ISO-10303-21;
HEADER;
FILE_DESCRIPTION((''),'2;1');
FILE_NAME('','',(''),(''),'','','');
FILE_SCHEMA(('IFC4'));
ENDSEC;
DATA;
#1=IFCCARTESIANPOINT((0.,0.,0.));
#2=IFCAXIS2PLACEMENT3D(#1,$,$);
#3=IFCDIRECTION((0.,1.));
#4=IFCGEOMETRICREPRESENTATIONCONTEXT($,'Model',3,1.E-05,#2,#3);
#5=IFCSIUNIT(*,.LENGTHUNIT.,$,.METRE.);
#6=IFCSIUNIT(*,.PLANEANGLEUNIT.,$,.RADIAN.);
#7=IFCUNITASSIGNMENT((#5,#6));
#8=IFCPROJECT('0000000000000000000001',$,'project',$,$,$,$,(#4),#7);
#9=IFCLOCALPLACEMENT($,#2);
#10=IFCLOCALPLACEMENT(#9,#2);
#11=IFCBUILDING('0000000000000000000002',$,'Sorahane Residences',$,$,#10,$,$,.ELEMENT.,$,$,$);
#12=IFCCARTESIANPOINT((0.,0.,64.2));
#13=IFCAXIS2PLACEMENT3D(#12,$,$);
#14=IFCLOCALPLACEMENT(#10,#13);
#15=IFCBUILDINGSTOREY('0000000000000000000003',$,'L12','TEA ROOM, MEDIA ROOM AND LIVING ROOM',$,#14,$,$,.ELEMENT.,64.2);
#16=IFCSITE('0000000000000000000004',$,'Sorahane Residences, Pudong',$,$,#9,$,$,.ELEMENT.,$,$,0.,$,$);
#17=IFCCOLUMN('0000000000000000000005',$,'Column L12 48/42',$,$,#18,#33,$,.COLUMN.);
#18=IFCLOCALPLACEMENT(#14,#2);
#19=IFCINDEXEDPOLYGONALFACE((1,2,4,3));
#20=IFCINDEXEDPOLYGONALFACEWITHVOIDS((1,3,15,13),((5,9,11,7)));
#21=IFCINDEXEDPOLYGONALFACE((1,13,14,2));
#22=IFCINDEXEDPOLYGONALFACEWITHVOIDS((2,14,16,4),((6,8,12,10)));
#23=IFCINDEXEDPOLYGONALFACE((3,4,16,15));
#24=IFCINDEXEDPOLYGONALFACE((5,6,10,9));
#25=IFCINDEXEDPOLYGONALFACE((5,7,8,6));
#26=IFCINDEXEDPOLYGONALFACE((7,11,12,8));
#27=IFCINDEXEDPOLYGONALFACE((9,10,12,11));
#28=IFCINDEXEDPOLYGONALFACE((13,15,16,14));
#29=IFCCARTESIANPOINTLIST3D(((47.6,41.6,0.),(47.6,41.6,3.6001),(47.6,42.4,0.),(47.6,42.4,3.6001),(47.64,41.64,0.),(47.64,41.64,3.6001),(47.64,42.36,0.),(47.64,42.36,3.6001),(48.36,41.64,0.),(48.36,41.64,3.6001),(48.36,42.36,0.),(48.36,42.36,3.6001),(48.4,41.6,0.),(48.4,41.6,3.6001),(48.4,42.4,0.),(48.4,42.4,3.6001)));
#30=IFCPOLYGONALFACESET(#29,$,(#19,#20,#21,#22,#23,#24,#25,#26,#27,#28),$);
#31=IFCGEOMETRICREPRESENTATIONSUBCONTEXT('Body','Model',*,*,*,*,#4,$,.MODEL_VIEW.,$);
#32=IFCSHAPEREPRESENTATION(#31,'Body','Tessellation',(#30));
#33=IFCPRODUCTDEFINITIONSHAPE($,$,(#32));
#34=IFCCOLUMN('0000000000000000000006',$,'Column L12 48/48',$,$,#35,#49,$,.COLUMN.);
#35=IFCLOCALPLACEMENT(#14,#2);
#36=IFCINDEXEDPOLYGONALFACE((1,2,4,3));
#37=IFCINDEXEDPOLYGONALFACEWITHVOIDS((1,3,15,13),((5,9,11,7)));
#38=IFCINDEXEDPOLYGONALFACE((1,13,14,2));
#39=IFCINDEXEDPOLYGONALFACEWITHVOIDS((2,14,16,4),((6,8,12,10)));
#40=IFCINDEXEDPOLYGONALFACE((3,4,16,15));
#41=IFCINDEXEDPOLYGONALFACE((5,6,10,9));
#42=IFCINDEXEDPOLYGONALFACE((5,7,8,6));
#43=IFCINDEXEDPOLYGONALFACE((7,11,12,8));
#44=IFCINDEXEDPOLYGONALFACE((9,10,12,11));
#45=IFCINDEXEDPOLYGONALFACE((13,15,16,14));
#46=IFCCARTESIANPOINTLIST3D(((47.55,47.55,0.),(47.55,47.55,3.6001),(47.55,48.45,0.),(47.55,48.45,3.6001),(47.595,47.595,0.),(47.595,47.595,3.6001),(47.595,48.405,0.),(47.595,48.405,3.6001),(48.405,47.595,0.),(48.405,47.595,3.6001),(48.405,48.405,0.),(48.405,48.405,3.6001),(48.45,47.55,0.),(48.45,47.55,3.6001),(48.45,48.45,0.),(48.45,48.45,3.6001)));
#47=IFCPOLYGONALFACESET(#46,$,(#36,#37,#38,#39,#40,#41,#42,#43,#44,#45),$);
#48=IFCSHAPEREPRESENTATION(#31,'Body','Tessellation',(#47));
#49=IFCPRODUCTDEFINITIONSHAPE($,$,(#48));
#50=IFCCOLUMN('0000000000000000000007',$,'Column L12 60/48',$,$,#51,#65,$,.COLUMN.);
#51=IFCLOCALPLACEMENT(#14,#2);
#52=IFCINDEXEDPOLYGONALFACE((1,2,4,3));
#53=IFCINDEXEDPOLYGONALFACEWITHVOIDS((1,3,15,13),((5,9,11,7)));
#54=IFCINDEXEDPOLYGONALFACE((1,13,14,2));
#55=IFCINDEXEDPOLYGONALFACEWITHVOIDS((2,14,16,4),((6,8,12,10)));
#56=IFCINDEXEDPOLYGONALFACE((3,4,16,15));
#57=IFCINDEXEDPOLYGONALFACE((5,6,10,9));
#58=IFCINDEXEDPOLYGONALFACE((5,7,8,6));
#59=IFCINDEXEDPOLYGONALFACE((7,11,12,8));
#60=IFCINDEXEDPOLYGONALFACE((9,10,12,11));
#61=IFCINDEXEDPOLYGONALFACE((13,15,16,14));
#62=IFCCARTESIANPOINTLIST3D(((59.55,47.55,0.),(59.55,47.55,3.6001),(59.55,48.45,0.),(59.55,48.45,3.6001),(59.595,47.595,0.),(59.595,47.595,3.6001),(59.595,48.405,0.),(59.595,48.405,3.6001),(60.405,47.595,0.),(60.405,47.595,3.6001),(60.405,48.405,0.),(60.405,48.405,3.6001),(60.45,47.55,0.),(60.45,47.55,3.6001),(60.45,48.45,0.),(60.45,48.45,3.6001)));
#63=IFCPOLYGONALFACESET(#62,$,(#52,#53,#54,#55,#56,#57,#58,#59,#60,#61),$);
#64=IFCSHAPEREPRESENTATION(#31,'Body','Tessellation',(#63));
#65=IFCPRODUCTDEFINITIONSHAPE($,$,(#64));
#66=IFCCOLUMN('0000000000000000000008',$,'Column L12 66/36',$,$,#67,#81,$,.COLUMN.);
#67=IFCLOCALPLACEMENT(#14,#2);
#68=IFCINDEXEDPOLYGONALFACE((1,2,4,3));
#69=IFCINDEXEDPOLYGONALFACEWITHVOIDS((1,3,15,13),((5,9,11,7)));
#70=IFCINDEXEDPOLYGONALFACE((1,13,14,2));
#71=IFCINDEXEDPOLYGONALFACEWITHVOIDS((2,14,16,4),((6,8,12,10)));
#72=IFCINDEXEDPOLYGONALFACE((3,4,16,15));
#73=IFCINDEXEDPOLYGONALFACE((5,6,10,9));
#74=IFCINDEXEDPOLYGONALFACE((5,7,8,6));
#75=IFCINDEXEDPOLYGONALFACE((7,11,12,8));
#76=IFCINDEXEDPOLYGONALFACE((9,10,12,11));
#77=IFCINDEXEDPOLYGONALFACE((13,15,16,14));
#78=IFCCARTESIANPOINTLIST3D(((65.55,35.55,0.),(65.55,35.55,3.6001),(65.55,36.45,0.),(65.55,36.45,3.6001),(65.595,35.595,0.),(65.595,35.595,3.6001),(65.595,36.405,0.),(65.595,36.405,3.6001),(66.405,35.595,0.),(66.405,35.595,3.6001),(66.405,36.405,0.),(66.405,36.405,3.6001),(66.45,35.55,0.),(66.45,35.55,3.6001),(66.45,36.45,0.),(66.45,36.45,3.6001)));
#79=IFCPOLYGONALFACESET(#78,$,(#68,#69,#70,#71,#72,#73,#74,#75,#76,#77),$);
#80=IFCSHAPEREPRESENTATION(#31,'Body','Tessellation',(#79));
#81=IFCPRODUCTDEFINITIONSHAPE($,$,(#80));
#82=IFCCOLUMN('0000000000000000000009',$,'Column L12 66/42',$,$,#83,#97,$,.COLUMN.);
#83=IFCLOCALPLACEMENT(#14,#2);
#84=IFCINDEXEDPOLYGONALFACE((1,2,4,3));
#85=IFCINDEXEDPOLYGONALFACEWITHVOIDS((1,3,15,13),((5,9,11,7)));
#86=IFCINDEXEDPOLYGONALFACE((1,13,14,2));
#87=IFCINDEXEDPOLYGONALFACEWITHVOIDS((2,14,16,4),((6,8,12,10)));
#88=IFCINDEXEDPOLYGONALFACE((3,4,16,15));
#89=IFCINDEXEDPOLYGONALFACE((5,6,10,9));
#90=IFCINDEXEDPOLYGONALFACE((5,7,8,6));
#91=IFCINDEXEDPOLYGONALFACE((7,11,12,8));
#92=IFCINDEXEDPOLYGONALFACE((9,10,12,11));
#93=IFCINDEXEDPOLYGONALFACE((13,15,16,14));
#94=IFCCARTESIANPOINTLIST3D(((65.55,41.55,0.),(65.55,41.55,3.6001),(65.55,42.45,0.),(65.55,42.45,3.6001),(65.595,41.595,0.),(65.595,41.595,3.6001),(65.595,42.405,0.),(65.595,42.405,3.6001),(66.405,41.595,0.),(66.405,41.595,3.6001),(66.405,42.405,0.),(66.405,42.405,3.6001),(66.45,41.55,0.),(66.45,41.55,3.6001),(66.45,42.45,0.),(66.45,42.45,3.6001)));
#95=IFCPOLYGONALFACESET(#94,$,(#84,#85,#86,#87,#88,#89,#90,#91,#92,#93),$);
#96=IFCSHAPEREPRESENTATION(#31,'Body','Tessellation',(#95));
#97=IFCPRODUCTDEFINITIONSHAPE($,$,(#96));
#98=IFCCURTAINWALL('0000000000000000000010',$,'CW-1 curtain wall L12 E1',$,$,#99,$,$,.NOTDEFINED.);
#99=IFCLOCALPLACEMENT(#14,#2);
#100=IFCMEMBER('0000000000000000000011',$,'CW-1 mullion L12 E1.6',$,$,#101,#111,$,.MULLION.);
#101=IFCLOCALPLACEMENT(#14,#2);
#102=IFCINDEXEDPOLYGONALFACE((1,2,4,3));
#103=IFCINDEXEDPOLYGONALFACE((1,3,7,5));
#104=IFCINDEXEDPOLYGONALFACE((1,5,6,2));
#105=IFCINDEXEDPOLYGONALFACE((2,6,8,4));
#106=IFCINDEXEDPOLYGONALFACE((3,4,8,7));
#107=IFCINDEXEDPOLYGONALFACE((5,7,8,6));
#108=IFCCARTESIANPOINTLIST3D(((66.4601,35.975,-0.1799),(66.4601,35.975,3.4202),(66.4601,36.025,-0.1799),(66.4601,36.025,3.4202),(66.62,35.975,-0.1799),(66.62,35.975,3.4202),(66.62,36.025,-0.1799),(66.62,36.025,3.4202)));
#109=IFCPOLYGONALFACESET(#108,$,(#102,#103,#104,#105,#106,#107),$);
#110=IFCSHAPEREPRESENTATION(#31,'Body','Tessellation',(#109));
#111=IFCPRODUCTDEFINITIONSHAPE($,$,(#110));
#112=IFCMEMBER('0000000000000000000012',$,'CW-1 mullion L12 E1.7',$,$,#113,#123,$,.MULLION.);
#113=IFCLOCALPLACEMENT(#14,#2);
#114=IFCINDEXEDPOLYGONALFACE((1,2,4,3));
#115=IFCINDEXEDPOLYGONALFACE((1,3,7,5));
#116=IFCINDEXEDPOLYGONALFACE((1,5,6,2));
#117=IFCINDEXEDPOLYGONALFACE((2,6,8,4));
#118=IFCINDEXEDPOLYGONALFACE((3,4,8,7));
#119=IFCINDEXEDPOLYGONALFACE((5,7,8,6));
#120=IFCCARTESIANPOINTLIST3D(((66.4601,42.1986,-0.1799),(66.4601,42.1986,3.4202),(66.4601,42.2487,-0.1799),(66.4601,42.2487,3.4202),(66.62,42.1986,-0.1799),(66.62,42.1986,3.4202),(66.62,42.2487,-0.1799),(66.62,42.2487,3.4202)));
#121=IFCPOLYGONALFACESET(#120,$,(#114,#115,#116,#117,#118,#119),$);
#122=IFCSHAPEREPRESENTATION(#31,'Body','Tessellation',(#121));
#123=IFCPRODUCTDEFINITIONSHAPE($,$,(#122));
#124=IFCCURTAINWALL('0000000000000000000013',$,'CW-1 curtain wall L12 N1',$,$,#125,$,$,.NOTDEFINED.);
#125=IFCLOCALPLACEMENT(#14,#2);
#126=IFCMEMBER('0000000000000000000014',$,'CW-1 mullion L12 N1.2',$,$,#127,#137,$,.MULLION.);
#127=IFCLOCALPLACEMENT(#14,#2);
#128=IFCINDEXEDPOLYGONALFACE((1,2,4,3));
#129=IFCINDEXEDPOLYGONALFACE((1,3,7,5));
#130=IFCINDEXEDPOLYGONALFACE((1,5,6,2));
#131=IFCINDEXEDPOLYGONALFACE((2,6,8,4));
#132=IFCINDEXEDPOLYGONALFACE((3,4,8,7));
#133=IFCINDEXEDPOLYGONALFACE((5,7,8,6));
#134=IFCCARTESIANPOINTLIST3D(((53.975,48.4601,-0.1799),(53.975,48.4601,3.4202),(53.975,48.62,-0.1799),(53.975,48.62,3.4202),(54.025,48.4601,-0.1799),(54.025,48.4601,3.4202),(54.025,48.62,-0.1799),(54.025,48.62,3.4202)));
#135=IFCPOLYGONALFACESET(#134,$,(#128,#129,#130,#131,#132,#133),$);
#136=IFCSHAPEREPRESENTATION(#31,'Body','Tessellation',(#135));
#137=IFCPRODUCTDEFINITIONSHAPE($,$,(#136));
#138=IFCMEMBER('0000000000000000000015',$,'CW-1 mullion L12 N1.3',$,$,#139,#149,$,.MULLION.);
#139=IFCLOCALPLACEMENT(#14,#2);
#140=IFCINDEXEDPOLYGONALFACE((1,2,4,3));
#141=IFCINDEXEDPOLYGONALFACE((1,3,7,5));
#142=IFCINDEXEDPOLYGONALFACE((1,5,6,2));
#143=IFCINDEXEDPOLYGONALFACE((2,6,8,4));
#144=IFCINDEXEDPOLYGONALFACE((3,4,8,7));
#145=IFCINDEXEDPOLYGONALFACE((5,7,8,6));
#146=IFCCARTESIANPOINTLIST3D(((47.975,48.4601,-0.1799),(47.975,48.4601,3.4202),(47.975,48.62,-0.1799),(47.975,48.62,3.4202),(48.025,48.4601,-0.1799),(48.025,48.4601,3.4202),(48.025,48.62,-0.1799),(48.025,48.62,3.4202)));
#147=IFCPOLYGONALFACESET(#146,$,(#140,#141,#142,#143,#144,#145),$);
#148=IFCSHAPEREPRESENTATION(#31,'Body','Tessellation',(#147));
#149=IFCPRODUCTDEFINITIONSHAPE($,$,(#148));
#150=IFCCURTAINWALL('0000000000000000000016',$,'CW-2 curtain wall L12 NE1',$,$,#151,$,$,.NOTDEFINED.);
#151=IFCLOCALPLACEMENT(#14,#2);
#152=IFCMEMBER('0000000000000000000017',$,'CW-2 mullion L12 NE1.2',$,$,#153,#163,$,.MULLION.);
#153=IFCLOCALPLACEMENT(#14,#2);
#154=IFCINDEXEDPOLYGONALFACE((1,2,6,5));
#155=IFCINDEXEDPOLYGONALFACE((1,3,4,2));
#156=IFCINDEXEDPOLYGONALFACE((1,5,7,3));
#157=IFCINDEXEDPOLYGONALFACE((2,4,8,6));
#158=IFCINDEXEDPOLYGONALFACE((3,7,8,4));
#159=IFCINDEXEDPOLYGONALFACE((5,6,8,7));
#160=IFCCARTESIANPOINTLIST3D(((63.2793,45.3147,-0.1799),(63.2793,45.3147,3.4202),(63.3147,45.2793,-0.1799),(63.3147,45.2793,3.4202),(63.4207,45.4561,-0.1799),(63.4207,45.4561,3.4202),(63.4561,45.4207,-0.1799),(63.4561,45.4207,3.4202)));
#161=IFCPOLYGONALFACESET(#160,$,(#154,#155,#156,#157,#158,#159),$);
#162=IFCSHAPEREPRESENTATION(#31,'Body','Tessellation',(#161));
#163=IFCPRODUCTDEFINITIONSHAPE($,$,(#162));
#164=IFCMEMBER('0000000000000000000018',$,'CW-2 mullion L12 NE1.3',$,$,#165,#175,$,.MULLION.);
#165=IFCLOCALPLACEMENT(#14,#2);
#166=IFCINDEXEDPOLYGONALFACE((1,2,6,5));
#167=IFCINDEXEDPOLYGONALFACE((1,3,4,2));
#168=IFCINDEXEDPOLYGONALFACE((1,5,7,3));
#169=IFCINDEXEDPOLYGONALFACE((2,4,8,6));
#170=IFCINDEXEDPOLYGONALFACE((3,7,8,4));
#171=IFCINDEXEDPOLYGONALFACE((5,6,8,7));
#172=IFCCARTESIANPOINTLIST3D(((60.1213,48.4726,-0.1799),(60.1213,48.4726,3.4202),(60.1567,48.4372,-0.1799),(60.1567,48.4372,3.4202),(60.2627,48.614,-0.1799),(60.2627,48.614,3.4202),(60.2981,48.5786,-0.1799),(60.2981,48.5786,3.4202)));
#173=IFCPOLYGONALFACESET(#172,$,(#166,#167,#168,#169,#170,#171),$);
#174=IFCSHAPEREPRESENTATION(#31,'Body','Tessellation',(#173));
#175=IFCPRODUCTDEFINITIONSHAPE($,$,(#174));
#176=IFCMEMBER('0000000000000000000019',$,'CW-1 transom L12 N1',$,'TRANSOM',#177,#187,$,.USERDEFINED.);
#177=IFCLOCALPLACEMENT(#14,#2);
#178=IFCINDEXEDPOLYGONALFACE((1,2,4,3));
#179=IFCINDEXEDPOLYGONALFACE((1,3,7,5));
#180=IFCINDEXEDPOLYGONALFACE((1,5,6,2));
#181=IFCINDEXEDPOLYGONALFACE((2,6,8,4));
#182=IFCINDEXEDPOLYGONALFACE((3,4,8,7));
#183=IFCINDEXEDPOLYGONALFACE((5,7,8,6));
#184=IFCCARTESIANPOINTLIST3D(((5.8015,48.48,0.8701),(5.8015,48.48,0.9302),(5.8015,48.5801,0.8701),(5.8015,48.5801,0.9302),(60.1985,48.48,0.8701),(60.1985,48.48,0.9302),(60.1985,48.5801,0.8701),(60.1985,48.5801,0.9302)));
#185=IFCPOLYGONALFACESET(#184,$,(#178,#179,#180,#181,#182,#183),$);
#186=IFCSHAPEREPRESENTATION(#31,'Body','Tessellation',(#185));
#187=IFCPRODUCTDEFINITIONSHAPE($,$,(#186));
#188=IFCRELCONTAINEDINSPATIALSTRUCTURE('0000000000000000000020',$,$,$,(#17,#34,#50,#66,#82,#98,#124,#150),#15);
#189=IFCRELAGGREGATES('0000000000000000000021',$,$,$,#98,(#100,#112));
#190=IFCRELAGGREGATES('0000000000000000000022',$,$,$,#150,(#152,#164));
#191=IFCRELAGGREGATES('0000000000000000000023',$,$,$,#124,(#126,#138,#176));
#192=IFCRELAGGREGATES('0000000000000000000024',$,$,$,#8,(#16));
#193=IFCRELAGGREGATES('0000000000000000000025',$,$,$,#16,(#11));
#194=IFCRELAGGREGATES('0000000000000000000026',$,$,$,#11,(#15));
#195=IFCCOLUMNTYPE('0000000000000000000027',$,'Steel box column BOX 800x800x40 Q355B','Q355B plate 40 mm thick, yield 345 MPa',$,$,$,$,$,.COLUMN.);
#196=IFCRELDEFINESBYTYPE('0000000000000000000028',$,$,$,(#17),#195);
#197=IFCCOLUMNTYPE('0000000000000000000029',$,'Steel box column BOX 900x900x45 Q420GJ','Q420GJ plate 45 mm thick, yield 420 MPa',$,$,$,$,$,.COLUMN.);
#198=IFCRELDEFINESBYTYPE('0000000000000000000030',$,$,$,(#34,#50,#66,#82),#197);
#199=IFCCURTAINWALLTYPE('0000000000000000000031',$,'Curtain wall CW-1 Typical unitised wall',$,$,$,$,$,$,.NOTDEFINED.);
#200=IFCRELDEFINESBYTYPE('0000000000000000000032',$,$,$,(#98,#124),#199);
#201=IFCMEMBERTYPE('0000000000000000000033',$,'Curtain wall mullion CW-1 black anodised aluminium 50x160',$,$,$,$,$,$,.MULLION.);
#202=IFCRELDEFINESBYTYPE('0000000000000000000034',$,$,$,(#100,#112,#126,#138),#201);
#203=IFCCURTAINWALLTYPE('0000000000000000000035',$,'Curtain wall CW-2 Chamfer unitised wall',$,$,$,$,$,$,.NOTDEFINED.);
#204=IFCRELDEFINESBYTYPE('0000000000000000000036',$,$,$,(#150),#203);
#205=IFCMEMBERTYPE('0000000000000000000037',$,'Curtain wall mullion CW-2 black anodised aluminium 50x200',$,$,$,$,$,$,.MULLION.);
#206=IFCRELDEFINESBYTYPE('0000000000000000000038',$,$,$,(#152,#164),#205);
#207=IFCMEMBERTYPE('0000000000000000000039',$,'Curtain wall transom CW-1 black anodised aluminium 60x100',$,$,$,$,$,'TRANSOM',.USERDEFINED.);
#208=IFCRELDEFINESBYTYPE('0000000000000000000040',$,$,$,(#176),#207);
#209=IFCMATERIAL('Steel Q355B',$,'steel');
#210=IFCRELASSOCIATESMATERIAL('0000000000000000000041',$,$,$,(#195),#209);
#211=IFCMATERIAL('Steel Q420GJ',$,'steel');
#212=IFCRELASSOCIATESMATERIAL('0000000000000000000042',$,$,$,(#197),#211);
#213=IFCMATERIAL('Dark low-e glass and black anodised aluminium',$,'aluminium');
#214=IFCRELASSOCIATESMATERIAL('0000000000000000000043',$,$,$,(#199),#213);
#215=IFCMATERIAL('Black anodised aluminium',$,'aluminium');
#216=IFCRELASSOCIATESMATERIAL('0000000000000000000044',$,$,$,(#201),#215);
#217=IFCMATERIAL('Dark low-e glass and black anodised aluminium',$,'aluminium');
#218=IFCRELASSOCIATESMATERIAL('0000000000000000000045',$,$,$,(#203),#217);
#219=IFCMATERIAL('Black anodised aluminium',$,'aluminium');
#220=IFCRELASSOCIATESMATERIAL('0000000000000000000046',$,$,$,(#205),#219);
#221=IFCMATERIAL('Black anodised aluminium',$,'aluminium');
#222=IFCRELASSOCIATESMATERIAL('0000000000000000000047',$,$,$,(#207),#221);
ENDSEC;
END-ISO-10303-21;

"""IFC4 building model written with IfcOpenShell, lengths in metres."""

from ifc_helpers import new_model, si_unit, direction, frame, origin, origin_2d, place, context, subcontext, project, spatial, rectangle, hollow_rectangle, extrude, material, material_profile, profile_set, type_object, element, aggregate, save


model = new_model("IFC4")

# Units and contexts
model_context = context("Model", 3, precision=1e-05, world=origin(), true_north=direction((0.0, 1.0)))
body_context = subcontext(model_context, "Body", "Model", "MODEL_VIEW")
ifc_project = project(units=[si_unit("LENGTHUNIT", "METRE"), si_unit("PLANEANGLEUNIT", "RADIAN")], contexts=[model_context])

# Site, building, storey
site_placement = place(None, origin())
site = spatial("IfcSite", under=ifc_project, at=site_placement, Name="Sorahane Residences, Pudong", CompositionType="ELEMENT", RefElevation=0.0)
building_placement = place(site_placement, origin())
building = spatial("IfcBuilding", under=site, at=building_placement, Name="Sorahane Residences", CompositionType="ELEMENT")
storey_placement = place(building_placement, frame((0.0, 0.0, 64.2)))
storey = spatial("IfcBuildingStorey", under=building, at=storey_placement, Name="L12", Description="TEA ROOM, MEDIA ROOM AND LIVING ROOM", CompositionType="ELEMENT", Elevation=64.2)

# Columns
ifc_material_1 = material(Name="Steel Q355B", Category="steel")
ifc_material_profile_1 = material_profile(ifc_material_1, hollow_rectangle(XDim=0.8, YDim=0.8, WallThickness=0.04, at=origin_2d()), Name="BOX 800x800x40")
ifc_profile_set_1 = profile_set([ifc_material_profile_1], Name="Steel Q355B")
column_type_1 = type_object("IfcColumnType", Name="Steel box column BOX 800x800x40 Q355B", Description="Q355B plate 40 mm thick, yield 345 MPa", PredefinedType="COLUMN", material=ifc_profile_set_1)
column_placement = place(storey_placement, frame((48.0, 42.0, 0.0), z_axis=(0.0, 0.0, 1.0), x_axis=(1.0, 0.0, 0.0)))
element("IfcColumn", 1, at=column_placement, inside=storey, type_object=column_type_1, Name="Column L12 48/42", PredefinedType="COLUMN", context=body_context, shape_type="SweptSolid", body=[
    extrude(hollow_rectangle(XDim=0.8, YDim=0.8, WallThickness=0.04, at=origin_2d()), origin(), (0.0, 0.0, 1.0), 3.6001),
])
ifc_material_2 = material(Name="Steel Q420GJ", Category="steel")
ifc_material_profile_2 = material_profile(ifc_material_2, hollow_rectangle(XDim=0.8999, YDim=0.8999, WallThickness=0.0449, at=origin_2d()), Name="BOX 900x900x45")
ifc_profile_set_2 = profile_set([ifc_material_profile_2], Name="Steel Q420GJ")
column_type_2 = type_object("IfcColumnType", Name="Steel box column BOX 900x900x45 Q420GJ", Description="Q420GJ plate 45 mm thick, yield 420 MPa", PredefinedType="COLUMN", material=ifc_profile_set_2)
for number, where, z_axis, x_axis, name in (
    (2, (48.0, 48.0, 0.0), (0.0, 0.0, 1.0), (1.0, 0.0, 0.0), "Column L12 48/48"),
    (3, (60.0, 48.0, 0.0), (0.0, 0.0, 1.0), (1.0, 0.0, 0.0), "Column L12 60/48"),
    (4, (66.0, 36.0, 0.0), (0.0, 0.0, 1.0), (1.0, 0.0, 0.0), "Column L12 66/36"),
    (5, (66.0, 42.0, 0.0), (0.0, 0.0, 1.0), (1.0, 0.0, 0.0), "Column L12 66/42"),
):
    element("IfcColumn", number, at=place(storey_placement, frame(where, z_axis=z_axis, x_axis=x_axis)), inside=storey, type_object=column_type_2, Name=name, PredefinedType="COLUMN", context=body_context, shape_type="SweptSolid", body=[
        extrude(hollow_rectangle(XDim=0.8999, YDim=0.8999, WallThickness=0.0449, at=origin_2d()), origin(), (0.0, 0.0, 1.0), 3.6001),
    ])

# Curtain walls, members
ifc_material_3 = material(Name="Dark low-e glass and black anodised aluminium", Category="aluminium")
curtain_wall_type_1 = type_object("IfcCurtainWallType", Name="Curtain wall CW-1 Typical unitised wall", PredefinedType="NOTDEFINED", material=ifc_material_3)
curtain_wall_1_placement = place(storey_placement, origin())
curtain_wall_1 = element("IfcCurtainWall", 6, at=curtain_wall_1_placement, inside=storey, type_object=curtain_wall_type_1, Name="CW-1 curtain wall L12 E1", PredefinedType="NOTDEFINED")
ifc_material_4 = material(Name="Black anodised aluminium", Category="aluminium")
ifc_material_profile_3 = material_profile(ifc_material_4, rectangle(XDim=0.1599, YDim=0.05, at=origin_2d()), Name="Curtain wall mullion CW-1 black anodised aluminium 50x160")
ifc_profile_set_3 = profile_set([ifc_material_profile_3], Name="Black anodised aluminium")
member_type_1 = type_object("IfcMemberType", Name="Curtain wall mullion CW-1 black anodised aluminium 50x160", PredefinedType="MULLION", material=ifc_profile_set_3)
member_1_placement = place(storey_placement, frame((66.54, 36.0, -0.1799), z_axis=(0.0, 0.0, 1.0), x_axis=(1.0, 0.0, 0.0)))
member_1 = element("IfcMember", 7, at=member_1_placement, type_object=member_type_1, Name="CW-1 mullion L12 E1.6", PredefinedType="MULLION", context=body_context, shape_type="SweptSolid", body=[
    extrude(rectangle(XDim=0.1599, YDim=0.05, at=origin_2d()), origin(), (0.0, 0.0, 1.0), 3.6001),
])
member_2_placement = place(storey_placement, frame((66.54, 42.2236, -0.1799), z_axis=(0.0, 0.0, 1.0), x_axis=(1.0, 0.0, 0.0)))
member_2 = element("IfcMember", 8, at=member_2_placement, type_object=member_type_1, Name="CW-1 mullion L12 E1.7", PredefinedType="MULLION", context=body_context, shape_type="SweptSolid", body=[
    extrude(rectangle(XDim=0.1599, YDim=0.05, at=origin_2d()), origin(), (0.0, 0.0, 1.0), 3.6001),
])
curtain_wall_2_placement = place(storey_placement, origin())
curtain_wall_2 = element("IfcCurtainWall", 9, at=curtain_wall_2_placement, inside=storey, type_object=curtain_wall_type_1, Name="CW-1 curtain wall L12 N1", PredefinedType="NOTDEFINED")
member_3_placement = place(storey_placement, frame((54.0, 48.54, -0.1799), z_axis=(0.0, 0.0, 1.0), x_axis=(0.0, 1.0, 0.0)))
member_3 = element("IfcMember", 10, at=member_3_placement, type_object=member_type_1, Name="CW-1 mullion L12 N1.2", PredefinedType="MULLION", context=body_context, shape_type="SweptSolid", body=[
    extrude(rectangle(XDim=0.1599, YDim=0.05, at=origin_2d()), origin(), (0.0, 0.0, 1.0), 3.6001),
])
member_4_placement = place(storey_placement, frame((48.0, 48.54, -0.1799), z_axis=(0.0, 0.0, 1.0), x_axis=(0.0, 1.0, 0.0)))
member_4 = element("IfcMember", 11, at=member_4_placement, type_object=member_type_1, Name="CW-1 mullion L12 N1.3", PredefinedType="MULLION", context=body_context, shape_type="SweptSolid", body=[
    extrude(rectangle(XDim=0.1599, YDim=0.05, at=origin_2d()), origin(), (0.0, 0.0, 1.0), 3.6001),
])
ifc_material_5 = material(Name="Dark low-e glass and black anodised aluminium", Category="aluminium")
curtain_wall_type_2 = type_object("IfcCurtainWallType", Name="Curtain wall CW-2 Chamfer unitised wall", PredefinedType="NOTDEFINED", material=ifc_material_5)
curtain_wall_3_placement = place(storey_placement, origin())
curtain_wall_3 = element("IfcCurtainWall", 12, at=curtain_wall_3_placement, inside=storey, type_object=curtain_wall_type_2, Name="CW-2 curtain wall L12 NE1", PredefinedType="NOTDEFINED")
ifc_material_6 = material(Name="Black anodised aluminium", Category="aluminium")
ifc_material_profile_4 = material_profile(ifc_material_6, rectangle(XDim=0.2, YDim=0.05, at=origin_2d()), Name="Curtain wall mullion CW-2 black anodised aluminium 50x200")
ifc_profile_set_4 = profile_set([ifc_material_profile_4], Name="Black anodised aluminium")
member_type_2 = type_object("IfcMemberType", Name="Curtain wall mullion CW-2 black anodised aluminium 50x200", PredefinedType="MULLION", material=ifc_profile_set_4)
member_5_placement = place(storey_placement, frame((63.3677, 45.3677, -0.1799), z_axis=(0.0, 0.0, 1.0), x_axis=(0.707107, 0.707107, 0.0)))
member_5 = element("IfcMember", 13, at=member_5_placement, type_object=member_type_2, Name="CW-2 mullion L12 NE1.2", PredefinedType="MULLION", context=body_context, shape_type="SweptSolid", body=[
    extrude(rectangle(XDim=0.2, YDim=0.05, at=origin_2d()), origin(), (0.0, 0.0, 1.0), 3.6001),
])
member_6_placement = place(storey_placement, frame((60.2097, 48.5256, -0.1799), z_axis=(0.0, 0.0, 1.0), x_axis=(0.707107, 0.707107, 0.0)))
member_6 = element("IfcMember", 14, at=member_6_placement, type_object=member_type_2, Name="CW-2 mullion L12 NE1.3", PredefinedType="MULLION", context=body_context, shape_type="SweptSolid", body=[
    extrude(rectangle(XDim=0.2, YDim=0.05, at=origin_2d()), origin(), (0.0, 0.0, 1.0), 3.6001),
])

# Member
ifc_material_7 = material(Name="Black anodised aluminium", Category="aluminium")
ifc_material_profile_5 = material_profile(ifc_material_7, rectangle(XDim=0.1001, YDim=0.0601, at=origin_2d()), Name="Curtain wall transom CW-1 black anodised aluminium 60x100")
ifc_profile_set_5 = profile_set([ifc_material_profile_5], Name="Black anodised aluminium")
member_type_3 = type_object("IfcMemberType", Name="Curtain wall transom CW-1 black anodised aluminium 60x100", ElementType="TRANSOM", PredefinedType="USERDEFINED", material=ifc_profile_set_5)
member_7_placement = place(storey_placement, frame((60.1985, 48.53, 0.9001), z_axis=(-1.0, 0.0, 0.0), x_axis=(0.0, -1.0, 0.0)))
member_7 = element("IfcMember", 15, at=member_7_placement, type_object=member_type_3, Name="CW-1 transom L12 N1", ObjectType="TRANSOM", PredefinedType="USERDEFINED", context=body_context, shape_type="SweptSolid", body=[
    extrude(rectangle(XDim=0.1001, YDim=0.0601, at=origin_2d()), origin(), (0.0, 0.0, 1.0), 54.397),
])

aggregate(curtain_wall_1, [member_1, member_2])
aggregate(curtain_wall_3, [member_5, member_6])
aggregate(curtain_wall_2, [member_3, member_4, member_7])

save(model, "model.ifc")
